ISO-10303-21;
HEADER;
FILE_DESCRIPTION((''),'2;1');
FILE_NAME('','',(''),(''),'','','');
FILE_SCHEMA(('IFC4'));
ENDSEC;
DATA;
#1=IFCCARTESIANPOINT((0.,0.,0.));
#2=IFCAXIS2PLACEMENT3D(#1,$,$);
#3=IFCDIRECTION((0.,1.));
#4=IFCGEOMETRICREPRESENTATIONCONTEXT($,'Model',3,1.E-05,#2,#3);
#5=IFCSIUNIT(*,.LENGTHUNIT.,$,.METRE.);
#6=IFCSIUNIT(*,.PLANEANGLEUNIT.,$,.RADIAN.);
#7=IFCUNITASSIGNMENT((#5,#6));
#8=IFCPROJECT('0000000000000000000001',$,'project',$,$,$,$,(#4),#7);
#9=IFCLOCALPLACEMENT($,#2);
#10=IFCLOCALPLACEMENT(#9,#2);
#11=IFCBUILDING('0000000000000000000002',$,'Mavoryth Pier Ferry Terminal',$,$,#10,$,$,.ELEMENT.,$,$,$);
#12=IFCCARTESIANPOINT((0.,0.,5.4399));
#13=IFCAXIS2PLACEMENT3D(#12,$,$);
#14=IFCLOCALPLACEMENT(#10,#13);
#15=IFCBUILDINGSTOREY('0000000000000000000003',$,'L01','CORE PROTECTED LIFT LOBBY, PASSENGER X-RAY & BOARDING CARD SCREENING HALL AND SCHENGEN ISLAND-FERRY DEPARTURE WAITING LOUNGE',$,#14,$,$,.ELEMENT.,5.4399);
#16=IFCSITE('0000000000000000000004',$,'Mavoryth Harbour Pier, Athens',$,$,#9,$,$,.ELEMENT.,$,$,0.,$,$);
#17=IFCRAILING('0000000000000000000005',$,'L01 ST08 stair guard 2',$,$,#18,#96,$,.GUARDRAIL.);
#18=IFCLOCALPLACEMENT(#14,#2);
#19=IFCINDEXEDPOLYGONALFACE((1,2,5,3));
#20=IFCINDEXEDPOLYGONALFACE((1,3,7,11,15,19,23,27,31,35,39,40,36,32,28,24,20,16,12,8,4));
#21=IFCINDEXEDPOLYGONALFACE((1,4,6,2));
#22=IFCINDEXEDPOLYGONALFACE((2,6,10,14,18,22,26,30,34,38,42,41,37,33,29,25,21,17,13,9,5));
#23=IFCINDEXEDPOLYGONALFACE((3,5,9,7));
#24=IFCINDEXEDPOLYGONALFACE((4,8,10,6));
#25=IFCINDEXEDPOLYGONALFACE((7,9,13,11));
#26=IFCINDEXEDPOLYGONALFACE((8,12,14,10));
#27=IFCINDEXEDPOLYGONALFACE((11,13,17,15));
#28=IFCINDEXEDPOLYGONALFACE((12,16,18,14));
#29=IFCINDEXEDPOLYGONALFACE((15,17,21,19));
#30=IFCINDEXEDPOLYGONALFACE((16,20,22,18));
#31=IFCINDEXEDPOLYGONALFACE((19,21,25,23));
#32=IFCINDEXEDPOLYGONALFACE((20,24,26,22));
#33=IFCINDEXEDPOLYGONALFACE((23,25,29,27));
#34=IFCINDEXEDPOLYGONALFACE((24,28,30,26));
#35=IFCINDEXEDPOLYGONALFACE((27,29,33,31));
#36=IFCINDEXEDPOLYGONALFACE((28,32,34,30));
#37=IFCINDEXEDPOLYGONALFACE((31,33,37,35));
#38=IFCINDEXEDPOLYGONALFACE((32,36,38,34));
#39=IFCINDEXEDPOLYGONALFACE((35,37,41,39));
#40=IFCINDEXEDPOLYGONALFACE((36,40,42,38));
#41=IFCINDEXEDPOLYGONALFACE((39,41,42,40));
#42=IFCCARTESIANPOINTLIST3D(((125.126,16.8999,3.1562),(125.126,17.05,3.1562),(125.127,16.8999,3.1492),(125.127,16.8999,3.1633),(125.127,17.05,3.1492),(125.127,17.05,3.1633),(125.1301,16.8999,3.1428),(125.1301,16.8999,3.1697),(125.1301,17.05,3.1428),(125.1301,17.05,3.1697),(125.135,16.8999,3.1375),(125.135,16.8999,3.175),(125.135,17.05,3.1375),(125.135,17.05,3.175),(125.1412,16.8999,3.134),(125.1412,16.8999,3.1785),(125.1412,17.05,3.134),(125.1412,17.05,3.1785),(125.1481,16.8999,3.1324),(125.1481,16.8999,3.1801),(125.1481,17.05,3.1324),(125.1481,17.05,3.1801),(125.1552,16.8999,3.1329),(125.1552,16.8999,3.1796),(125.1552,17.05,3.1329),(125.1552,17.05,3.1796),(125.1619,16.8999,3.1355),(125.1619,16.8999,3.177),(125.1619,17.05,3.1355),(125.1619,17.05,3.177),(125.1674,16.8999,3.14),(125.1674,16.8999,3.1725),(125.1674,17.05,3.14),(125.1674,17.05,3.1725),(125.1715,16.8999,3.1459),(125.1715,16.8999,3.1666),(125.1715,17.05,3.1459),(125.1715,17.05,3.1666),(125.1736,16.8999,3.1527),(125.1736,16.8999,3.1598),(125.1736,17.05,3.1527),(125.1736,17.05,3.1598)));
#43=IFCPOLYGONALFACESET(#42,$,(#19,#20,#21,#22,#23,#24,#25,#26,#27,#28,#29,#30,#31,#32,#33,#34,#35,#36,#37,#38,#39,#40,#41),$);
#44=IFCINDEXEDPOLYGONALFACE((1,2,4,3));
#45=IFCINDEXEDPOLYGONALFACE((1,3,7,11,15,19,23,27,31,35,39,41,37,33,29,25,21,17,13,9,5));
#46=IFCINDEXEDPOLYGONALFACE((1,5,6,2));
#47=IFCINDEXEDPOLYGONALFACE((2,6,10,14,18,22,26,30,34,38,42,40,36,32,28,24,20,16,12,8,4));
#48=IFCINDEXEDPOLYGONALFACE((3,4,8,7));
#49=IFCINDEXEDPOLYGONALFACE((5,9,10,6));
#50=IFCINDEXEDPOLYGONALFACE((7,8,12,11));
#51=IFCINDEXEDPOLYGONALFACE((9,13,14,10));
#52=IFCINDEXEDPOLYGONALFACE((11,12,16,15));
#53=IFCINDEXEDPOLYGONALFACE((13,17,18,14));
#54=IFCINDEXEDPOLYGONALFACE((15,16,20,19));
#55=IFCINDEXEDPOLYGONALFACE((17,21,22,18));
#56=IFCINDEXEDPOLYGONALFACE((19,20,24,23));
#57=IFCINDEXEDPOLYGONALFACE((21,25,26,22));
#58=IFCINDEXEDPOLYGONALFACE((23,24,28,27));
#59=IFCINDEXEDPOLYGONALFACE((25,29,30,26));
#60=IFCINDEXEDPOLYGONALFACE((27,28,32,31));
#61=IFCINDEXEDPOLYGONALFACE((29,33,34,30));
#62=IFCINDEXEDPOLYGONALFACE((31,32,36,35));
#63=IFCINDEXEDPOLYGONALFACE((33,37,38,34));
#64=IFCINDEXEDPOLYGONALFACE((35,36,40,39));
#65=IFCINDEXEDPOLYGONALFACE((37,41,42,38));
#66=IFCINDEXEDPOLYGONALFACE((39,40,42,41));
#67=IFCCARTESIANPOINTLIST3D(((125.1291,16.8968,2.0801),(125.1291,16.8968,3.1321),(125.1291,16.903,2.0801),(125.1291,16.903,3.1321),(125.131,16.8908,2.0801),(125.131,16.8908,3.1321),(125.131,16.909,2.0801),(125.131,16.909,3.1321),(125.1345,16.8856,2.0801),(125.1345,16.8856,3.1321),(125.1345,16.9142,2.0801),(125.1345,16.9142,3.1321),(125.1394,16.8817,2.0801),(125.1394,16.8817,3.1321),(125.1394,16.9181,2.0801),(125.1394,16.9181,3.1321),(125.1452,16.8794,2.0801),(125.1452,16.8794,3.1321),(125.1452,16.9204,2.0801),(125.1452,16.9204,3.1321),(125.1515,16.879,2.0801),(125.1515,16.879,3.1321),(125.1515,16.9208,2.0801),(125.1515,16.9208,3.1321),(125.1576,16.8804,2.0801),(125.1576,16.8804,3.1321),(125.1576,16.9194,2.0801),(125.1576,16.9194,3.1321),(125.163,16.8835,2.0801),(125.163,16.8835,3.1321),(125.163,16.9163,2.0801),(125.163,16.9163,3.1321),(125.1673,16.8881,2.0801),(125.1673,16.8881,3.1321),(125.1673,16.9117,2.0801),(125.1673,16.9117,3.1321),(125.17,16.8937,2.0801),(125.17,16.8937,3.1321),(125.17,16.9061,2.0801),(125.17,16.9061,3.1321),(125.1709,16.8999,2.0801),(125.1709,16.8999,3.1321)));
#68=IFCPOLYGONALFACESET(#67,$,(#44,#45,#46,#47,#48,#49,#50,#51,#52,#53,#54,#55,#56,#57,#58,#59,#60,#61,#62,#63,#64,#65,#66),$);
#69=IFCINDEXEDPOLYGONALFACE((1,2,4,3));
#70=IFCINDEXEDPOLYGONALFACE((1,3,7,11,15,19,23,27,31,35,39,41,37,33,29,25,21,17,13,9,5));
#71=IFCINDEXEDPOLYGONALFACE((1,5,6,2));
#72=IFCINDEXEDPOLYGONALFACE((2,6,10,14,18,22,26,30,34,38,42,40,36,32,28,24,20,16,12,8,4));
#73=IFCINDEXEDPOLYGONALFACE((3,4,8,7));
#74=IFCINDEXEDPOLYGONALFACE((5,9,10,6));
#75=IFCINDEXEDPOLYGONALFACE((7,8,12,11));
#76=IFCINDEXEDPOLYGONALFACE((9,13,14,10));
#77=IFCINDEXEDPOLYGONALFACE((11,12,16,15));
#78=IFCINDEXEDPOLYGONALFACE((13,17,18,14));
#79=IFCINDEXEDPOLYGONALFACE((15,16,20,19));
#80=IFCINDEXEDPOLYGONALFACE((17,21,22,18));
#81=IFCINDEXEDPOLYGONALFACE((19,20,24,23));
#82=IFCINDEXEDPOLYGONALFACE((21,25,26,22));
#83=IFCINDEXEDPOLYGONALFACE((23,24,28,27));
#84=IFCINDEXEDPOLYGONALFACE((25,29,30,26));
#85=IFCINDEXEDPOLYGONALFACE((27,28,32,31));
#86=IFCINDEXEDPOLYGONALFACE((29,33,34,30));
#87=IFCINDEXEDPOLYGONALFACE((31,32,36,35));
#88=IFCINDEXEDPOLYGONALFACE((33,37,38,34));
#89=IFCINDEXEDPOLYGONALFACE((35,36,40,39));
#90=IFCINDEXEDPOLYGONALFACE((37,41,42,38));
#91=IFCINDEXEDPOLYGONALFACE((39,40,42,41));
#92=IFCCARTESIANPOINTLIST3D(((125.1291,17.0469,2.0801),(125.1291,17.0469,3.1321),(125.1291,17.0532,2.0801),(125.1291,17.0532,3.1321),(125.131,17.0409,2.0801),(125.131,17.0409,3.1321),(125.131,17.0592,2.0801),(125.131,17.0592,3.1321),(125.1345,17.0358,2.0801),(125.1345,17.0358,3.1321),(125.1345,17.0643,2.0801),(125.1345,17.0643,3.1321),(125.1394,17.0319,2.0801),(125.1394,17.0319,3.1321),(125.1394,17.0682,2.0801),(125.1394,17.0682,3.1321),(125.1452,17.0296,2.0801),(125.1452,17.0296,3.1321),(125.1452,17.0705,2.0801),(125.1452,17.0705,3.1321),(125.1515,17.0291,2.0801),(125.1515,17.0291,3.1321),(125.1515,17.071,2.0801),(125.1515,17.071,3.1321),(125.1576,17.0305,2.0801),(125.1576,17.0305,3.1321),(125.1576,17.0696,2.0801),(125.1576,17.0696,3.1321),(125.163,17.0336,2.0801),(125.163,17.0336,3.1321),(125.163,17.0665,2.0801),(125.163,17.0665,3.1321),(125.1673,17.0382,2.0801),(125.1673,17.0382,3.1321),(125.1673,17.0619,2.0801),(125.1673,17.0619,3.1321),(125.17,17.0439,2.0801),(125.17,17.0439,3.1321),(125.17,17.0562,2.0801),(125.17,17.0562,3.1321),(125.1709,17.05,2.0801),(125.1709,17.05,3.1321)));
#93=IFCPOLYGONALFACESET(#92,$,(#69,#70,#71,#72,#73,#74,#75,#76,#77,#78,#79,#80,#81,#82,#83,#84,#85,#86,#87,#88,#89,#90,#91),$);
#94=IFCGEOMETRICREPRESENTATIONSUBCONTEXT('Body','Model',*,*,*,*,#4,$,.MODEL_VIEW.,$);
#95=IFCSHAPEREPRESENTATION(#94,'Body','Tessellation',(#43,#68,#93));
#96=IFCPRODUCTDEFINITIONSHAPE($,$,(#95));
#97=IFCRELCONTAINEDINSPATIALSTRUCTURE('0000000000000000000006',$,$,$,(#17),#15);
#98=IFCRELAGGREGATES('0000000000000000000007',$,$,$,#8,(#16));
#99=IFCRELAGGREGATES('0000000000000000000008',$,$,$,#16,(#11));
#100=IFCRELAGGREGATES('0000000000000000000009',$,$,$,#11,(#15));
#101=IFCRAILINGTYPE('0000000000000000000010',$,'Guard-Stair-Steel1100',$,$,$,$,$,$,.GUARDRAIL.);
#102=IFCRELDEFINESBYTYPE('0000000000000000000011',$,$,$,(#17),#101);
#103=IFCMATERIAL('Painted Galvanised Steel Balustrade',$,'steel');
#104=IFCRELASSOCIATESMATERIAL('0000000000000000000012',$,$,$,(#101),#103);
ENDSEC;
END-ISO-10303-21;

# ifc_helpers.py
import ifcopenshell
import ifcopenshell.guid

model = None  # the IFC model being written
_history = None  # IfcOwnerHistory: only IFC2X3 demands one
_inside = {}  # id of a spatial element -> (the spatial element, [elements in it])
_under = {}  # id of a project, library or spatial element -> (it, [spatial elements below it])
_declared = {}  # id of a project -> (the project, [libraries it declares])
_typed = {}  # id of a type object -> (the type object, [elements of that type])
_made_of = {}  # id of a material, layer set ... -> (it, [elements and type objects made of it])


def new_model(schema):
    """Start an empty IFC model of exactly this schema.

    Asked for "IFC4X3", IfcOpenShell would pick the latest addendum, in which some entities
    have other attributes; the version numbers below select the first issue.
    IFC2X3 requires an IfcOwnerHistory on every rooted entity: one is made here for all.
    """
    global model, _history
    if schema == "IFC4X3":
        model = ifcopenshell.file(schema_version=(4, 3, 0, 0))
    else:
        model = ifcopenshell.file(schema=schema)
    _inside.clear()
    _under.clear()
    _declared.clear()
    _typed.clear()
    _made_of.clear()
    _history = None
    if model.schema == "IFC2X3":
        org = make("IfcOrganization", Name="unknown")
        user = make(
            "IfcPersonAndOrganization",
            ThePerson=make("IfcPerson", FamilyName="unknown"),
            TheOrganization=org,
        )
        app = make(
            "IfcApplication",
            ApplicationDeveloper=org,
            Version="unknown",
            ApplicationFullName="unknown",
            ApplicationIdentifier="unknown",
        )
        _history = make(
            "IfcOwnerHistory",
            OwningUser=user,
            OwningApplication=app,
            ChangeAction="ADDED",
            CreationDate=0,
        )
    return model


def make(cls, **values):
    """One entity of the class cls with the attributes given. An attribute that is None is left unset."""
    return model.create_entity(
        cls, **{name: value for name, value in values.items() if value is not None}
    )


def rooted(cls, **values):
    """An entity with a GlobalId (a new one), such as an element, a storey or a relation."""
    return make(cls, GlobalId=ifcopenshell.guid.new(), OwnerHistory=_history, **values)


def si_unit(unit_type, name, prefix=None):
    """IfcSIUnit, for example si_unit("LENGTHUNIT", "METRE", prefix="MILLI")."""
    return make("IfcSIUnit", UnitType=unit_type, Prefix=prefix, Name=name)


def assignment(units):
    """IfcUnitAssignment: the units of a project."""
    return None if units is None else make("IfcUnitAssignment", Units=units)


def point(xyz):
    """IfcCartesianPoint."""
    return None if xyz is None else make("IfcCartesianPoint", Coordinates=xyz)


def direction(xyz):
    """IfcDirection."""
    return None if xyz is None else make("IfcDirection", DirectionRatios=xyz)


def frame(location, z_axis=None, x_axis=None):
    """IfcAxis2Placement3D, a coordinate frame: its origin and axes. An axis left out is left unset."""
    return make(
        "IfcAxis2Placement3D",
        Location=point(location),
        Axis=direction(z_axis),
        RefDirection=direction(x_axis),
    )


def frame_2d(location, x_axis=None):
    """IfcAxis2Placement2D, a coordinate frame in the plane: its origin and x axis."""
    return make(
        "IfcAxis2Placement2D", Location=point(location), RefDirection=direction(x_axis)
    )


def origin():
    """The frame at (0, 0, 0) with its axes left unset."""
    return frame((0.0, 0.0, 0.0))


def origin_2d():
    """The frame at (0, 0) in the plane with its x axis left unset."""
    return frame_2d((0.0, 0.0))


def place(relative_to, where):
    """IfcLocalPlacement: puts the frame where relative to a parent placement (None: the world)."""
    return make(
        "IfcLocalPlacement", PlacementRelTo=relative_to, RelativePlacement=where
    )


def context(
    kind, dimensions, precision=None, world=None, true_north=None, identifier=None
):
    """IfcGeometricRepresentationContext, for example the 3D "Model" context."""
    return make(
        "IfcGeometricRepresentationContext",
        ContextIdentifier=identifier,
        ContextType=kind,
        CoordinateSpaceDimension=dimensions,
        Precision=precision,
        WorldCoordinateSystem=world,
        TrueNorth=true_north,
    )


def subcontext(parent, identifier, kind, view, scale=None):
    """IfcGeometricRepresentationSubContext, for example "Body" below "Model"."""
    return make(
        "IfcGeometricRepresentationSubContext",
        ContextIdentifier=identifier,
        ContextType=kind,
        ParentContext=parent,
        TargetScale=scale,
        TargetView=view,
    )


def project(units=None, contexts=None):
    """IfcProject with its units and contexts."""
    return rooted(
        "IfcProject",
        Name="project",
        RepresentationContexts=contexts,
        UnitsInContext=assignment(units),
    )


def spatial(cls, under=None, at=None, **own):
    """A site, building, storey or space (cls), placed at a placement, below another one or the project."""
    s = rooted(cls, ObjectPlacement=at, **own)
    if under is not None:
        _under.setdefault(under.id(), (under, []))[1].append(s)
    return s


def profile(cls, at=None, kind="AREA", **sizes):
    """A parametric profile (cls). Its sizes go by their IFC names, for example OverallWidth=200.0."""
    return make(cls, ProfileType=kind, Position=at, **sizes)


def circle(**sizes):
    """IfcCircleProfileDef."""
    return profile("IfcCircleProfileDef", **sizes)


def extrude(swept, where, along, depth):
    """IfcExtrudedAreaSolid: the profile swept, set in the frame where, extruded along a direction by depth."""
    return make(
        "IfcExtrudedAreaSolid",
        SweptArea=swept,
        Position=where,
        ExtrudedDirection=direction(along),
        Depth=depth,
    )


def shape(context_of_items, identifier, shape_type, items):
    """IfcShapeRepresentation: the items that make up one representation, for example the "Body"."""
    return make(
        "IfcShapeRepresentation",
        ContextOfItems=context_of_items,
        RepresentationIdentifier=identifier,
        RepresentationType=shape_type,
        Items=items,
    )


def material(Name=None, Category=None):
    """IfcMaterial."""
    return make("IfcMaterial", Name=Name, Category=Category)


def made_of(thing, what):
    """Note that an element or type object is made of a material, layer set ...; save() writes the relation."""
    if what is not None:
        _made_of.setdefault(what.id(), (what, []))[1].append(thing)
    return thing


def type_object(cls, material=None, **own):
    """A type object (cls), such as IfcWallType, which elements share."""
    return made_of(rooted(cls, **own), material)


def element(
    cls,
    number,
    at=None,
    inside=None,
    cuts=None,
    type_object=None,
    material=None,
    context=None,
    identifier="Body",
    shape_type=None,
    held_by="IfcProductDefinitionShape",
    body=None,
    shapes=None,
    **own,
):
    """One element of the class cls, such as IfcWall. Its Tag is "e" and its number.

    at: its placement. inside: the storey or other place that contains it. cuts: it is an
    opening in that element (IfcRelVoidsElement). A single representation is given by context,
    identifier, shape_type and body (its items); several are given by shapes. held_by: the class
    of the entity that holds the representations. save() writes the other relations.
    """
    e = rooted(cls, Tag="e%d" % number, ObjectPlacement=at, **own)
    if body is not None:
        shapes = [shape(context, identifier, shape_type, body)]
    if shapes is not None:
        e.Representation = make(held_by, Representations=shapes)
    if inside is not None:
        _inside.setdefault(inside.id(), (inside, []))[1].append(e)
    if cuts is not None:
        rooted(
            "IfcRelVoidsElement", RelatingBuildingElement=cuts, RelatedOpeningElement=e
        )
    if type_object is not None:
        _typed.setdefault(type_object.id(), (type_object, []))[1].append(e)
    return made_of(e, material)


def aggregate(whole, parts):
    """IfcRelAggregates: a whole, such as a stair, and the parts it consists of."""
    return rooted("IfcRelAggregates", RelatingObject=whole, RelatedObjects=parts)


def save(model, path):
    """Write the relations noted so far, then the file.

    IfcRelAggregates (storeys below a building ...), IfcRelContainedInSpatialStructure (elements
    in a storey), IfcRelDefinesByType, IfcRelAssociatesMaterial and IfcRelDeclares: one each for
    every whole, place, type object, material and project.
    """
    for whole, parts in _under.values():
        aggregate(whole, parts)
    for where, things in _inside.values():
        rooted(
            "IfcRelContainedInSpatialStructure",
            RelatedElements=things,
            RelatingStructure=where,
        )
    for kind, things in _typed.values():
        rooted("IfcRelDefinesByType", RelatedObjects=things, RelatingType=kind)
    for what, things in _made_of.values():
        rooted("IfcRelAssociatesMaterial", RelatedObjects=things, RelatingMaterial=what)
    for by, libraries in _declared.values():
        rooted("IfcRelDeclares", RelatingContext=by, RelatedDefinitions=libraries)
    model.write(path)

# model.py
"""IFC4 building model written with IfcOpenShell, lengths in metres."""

from ifc_helpers import new_model, si_unit, direction, frame, origin, origin_2d, place, context, subcontext, project, spatial, circle, extrude, material, type_object, element, save


model = new_model("IFC4")

# Units and contexts
model_context = context("Model", 3, precision=1e-05, world=origin(), true_north=direction((0.0, 1.0)))
body_context = subcontext(model_context, "Body", "Model", "MODEL_VIEW")
ifc_project = project(units=[si_unit("LENGTHUNIT", "METRE"), si_unit("PLANEANGLEUNIT", "RADIAN")], contexts=[model_context])

# Site, building, storey
site_placement = place(None, origin())
site = spatial("IfcSite", under=ifc_project, at=site_placement, Name="Mavoryth Harbour Pier, Athens", CompositionType="ELEMENT", RefElevation=0.0)
building_placement = place(site_placement, origin())
building = spatial("IfcBuilding", under=site, at=building_placement, Name="Mavoryth Pier Ferry Terminal", CompositionType="ELEMENT")
storey_placement = place(building_placement, frame((0.0, 0.0, 5.4399)))
storey = spatial("IfcBuildingStorey", under=building, at=storey_placement, Name="L01", Description="CORE PROTECTED LIFT LOBBY, PASSENGER X-RAY & BOARDING CARD SCREENING HALL AND SCHENGEN ISLAND-FERRY DEPARTURE WAITING LOUNGE", CompositionType="ELEMENT", Elevation=5.4399)

# Railing
ifc_material_1 = material(Name="Painted Galvanised Steel Balustrade", Category="steel")
railing_type_1 = type_object("IfcRailingType", Name="Guard-Stair-Steel1100", PredefinedType="GUARDRAIL", material=ifc_material_1)
railing_1_placement = place(storey_placement, frame((125.1499, 16.8999, 2.0801)))
element("IfcRailing", 1, at=railing_1_placement, inside=storey, type_object=railing_type_1, Name="L01 ST08 stair guard 2", PredefinedType="GUARDRAIL", context=body_context, shape_type="SweptSolid", body=[
    extrude(circle(Radius=0.0239, at=origin_2d()), frame((0.0, 0.0, 1.0762), z_axis=(0.0, 1.0, 0.0), x_axis=(-1.0, 0.0, 0.0)), (0.0, 0.0, 1.0), 0.1501),
    extrude(circle(Radius=0.021, at=origin_2d()), origin(), (0.0, 0.0, 1.0), 1.052),
    extrude(circle(Radius=0.021, at=origin_2d()), frame((0.0, 0.1501, 0.0)), (0.0, 0.0, 1.0), 1.052),
])

save(model, "model.ifc")
